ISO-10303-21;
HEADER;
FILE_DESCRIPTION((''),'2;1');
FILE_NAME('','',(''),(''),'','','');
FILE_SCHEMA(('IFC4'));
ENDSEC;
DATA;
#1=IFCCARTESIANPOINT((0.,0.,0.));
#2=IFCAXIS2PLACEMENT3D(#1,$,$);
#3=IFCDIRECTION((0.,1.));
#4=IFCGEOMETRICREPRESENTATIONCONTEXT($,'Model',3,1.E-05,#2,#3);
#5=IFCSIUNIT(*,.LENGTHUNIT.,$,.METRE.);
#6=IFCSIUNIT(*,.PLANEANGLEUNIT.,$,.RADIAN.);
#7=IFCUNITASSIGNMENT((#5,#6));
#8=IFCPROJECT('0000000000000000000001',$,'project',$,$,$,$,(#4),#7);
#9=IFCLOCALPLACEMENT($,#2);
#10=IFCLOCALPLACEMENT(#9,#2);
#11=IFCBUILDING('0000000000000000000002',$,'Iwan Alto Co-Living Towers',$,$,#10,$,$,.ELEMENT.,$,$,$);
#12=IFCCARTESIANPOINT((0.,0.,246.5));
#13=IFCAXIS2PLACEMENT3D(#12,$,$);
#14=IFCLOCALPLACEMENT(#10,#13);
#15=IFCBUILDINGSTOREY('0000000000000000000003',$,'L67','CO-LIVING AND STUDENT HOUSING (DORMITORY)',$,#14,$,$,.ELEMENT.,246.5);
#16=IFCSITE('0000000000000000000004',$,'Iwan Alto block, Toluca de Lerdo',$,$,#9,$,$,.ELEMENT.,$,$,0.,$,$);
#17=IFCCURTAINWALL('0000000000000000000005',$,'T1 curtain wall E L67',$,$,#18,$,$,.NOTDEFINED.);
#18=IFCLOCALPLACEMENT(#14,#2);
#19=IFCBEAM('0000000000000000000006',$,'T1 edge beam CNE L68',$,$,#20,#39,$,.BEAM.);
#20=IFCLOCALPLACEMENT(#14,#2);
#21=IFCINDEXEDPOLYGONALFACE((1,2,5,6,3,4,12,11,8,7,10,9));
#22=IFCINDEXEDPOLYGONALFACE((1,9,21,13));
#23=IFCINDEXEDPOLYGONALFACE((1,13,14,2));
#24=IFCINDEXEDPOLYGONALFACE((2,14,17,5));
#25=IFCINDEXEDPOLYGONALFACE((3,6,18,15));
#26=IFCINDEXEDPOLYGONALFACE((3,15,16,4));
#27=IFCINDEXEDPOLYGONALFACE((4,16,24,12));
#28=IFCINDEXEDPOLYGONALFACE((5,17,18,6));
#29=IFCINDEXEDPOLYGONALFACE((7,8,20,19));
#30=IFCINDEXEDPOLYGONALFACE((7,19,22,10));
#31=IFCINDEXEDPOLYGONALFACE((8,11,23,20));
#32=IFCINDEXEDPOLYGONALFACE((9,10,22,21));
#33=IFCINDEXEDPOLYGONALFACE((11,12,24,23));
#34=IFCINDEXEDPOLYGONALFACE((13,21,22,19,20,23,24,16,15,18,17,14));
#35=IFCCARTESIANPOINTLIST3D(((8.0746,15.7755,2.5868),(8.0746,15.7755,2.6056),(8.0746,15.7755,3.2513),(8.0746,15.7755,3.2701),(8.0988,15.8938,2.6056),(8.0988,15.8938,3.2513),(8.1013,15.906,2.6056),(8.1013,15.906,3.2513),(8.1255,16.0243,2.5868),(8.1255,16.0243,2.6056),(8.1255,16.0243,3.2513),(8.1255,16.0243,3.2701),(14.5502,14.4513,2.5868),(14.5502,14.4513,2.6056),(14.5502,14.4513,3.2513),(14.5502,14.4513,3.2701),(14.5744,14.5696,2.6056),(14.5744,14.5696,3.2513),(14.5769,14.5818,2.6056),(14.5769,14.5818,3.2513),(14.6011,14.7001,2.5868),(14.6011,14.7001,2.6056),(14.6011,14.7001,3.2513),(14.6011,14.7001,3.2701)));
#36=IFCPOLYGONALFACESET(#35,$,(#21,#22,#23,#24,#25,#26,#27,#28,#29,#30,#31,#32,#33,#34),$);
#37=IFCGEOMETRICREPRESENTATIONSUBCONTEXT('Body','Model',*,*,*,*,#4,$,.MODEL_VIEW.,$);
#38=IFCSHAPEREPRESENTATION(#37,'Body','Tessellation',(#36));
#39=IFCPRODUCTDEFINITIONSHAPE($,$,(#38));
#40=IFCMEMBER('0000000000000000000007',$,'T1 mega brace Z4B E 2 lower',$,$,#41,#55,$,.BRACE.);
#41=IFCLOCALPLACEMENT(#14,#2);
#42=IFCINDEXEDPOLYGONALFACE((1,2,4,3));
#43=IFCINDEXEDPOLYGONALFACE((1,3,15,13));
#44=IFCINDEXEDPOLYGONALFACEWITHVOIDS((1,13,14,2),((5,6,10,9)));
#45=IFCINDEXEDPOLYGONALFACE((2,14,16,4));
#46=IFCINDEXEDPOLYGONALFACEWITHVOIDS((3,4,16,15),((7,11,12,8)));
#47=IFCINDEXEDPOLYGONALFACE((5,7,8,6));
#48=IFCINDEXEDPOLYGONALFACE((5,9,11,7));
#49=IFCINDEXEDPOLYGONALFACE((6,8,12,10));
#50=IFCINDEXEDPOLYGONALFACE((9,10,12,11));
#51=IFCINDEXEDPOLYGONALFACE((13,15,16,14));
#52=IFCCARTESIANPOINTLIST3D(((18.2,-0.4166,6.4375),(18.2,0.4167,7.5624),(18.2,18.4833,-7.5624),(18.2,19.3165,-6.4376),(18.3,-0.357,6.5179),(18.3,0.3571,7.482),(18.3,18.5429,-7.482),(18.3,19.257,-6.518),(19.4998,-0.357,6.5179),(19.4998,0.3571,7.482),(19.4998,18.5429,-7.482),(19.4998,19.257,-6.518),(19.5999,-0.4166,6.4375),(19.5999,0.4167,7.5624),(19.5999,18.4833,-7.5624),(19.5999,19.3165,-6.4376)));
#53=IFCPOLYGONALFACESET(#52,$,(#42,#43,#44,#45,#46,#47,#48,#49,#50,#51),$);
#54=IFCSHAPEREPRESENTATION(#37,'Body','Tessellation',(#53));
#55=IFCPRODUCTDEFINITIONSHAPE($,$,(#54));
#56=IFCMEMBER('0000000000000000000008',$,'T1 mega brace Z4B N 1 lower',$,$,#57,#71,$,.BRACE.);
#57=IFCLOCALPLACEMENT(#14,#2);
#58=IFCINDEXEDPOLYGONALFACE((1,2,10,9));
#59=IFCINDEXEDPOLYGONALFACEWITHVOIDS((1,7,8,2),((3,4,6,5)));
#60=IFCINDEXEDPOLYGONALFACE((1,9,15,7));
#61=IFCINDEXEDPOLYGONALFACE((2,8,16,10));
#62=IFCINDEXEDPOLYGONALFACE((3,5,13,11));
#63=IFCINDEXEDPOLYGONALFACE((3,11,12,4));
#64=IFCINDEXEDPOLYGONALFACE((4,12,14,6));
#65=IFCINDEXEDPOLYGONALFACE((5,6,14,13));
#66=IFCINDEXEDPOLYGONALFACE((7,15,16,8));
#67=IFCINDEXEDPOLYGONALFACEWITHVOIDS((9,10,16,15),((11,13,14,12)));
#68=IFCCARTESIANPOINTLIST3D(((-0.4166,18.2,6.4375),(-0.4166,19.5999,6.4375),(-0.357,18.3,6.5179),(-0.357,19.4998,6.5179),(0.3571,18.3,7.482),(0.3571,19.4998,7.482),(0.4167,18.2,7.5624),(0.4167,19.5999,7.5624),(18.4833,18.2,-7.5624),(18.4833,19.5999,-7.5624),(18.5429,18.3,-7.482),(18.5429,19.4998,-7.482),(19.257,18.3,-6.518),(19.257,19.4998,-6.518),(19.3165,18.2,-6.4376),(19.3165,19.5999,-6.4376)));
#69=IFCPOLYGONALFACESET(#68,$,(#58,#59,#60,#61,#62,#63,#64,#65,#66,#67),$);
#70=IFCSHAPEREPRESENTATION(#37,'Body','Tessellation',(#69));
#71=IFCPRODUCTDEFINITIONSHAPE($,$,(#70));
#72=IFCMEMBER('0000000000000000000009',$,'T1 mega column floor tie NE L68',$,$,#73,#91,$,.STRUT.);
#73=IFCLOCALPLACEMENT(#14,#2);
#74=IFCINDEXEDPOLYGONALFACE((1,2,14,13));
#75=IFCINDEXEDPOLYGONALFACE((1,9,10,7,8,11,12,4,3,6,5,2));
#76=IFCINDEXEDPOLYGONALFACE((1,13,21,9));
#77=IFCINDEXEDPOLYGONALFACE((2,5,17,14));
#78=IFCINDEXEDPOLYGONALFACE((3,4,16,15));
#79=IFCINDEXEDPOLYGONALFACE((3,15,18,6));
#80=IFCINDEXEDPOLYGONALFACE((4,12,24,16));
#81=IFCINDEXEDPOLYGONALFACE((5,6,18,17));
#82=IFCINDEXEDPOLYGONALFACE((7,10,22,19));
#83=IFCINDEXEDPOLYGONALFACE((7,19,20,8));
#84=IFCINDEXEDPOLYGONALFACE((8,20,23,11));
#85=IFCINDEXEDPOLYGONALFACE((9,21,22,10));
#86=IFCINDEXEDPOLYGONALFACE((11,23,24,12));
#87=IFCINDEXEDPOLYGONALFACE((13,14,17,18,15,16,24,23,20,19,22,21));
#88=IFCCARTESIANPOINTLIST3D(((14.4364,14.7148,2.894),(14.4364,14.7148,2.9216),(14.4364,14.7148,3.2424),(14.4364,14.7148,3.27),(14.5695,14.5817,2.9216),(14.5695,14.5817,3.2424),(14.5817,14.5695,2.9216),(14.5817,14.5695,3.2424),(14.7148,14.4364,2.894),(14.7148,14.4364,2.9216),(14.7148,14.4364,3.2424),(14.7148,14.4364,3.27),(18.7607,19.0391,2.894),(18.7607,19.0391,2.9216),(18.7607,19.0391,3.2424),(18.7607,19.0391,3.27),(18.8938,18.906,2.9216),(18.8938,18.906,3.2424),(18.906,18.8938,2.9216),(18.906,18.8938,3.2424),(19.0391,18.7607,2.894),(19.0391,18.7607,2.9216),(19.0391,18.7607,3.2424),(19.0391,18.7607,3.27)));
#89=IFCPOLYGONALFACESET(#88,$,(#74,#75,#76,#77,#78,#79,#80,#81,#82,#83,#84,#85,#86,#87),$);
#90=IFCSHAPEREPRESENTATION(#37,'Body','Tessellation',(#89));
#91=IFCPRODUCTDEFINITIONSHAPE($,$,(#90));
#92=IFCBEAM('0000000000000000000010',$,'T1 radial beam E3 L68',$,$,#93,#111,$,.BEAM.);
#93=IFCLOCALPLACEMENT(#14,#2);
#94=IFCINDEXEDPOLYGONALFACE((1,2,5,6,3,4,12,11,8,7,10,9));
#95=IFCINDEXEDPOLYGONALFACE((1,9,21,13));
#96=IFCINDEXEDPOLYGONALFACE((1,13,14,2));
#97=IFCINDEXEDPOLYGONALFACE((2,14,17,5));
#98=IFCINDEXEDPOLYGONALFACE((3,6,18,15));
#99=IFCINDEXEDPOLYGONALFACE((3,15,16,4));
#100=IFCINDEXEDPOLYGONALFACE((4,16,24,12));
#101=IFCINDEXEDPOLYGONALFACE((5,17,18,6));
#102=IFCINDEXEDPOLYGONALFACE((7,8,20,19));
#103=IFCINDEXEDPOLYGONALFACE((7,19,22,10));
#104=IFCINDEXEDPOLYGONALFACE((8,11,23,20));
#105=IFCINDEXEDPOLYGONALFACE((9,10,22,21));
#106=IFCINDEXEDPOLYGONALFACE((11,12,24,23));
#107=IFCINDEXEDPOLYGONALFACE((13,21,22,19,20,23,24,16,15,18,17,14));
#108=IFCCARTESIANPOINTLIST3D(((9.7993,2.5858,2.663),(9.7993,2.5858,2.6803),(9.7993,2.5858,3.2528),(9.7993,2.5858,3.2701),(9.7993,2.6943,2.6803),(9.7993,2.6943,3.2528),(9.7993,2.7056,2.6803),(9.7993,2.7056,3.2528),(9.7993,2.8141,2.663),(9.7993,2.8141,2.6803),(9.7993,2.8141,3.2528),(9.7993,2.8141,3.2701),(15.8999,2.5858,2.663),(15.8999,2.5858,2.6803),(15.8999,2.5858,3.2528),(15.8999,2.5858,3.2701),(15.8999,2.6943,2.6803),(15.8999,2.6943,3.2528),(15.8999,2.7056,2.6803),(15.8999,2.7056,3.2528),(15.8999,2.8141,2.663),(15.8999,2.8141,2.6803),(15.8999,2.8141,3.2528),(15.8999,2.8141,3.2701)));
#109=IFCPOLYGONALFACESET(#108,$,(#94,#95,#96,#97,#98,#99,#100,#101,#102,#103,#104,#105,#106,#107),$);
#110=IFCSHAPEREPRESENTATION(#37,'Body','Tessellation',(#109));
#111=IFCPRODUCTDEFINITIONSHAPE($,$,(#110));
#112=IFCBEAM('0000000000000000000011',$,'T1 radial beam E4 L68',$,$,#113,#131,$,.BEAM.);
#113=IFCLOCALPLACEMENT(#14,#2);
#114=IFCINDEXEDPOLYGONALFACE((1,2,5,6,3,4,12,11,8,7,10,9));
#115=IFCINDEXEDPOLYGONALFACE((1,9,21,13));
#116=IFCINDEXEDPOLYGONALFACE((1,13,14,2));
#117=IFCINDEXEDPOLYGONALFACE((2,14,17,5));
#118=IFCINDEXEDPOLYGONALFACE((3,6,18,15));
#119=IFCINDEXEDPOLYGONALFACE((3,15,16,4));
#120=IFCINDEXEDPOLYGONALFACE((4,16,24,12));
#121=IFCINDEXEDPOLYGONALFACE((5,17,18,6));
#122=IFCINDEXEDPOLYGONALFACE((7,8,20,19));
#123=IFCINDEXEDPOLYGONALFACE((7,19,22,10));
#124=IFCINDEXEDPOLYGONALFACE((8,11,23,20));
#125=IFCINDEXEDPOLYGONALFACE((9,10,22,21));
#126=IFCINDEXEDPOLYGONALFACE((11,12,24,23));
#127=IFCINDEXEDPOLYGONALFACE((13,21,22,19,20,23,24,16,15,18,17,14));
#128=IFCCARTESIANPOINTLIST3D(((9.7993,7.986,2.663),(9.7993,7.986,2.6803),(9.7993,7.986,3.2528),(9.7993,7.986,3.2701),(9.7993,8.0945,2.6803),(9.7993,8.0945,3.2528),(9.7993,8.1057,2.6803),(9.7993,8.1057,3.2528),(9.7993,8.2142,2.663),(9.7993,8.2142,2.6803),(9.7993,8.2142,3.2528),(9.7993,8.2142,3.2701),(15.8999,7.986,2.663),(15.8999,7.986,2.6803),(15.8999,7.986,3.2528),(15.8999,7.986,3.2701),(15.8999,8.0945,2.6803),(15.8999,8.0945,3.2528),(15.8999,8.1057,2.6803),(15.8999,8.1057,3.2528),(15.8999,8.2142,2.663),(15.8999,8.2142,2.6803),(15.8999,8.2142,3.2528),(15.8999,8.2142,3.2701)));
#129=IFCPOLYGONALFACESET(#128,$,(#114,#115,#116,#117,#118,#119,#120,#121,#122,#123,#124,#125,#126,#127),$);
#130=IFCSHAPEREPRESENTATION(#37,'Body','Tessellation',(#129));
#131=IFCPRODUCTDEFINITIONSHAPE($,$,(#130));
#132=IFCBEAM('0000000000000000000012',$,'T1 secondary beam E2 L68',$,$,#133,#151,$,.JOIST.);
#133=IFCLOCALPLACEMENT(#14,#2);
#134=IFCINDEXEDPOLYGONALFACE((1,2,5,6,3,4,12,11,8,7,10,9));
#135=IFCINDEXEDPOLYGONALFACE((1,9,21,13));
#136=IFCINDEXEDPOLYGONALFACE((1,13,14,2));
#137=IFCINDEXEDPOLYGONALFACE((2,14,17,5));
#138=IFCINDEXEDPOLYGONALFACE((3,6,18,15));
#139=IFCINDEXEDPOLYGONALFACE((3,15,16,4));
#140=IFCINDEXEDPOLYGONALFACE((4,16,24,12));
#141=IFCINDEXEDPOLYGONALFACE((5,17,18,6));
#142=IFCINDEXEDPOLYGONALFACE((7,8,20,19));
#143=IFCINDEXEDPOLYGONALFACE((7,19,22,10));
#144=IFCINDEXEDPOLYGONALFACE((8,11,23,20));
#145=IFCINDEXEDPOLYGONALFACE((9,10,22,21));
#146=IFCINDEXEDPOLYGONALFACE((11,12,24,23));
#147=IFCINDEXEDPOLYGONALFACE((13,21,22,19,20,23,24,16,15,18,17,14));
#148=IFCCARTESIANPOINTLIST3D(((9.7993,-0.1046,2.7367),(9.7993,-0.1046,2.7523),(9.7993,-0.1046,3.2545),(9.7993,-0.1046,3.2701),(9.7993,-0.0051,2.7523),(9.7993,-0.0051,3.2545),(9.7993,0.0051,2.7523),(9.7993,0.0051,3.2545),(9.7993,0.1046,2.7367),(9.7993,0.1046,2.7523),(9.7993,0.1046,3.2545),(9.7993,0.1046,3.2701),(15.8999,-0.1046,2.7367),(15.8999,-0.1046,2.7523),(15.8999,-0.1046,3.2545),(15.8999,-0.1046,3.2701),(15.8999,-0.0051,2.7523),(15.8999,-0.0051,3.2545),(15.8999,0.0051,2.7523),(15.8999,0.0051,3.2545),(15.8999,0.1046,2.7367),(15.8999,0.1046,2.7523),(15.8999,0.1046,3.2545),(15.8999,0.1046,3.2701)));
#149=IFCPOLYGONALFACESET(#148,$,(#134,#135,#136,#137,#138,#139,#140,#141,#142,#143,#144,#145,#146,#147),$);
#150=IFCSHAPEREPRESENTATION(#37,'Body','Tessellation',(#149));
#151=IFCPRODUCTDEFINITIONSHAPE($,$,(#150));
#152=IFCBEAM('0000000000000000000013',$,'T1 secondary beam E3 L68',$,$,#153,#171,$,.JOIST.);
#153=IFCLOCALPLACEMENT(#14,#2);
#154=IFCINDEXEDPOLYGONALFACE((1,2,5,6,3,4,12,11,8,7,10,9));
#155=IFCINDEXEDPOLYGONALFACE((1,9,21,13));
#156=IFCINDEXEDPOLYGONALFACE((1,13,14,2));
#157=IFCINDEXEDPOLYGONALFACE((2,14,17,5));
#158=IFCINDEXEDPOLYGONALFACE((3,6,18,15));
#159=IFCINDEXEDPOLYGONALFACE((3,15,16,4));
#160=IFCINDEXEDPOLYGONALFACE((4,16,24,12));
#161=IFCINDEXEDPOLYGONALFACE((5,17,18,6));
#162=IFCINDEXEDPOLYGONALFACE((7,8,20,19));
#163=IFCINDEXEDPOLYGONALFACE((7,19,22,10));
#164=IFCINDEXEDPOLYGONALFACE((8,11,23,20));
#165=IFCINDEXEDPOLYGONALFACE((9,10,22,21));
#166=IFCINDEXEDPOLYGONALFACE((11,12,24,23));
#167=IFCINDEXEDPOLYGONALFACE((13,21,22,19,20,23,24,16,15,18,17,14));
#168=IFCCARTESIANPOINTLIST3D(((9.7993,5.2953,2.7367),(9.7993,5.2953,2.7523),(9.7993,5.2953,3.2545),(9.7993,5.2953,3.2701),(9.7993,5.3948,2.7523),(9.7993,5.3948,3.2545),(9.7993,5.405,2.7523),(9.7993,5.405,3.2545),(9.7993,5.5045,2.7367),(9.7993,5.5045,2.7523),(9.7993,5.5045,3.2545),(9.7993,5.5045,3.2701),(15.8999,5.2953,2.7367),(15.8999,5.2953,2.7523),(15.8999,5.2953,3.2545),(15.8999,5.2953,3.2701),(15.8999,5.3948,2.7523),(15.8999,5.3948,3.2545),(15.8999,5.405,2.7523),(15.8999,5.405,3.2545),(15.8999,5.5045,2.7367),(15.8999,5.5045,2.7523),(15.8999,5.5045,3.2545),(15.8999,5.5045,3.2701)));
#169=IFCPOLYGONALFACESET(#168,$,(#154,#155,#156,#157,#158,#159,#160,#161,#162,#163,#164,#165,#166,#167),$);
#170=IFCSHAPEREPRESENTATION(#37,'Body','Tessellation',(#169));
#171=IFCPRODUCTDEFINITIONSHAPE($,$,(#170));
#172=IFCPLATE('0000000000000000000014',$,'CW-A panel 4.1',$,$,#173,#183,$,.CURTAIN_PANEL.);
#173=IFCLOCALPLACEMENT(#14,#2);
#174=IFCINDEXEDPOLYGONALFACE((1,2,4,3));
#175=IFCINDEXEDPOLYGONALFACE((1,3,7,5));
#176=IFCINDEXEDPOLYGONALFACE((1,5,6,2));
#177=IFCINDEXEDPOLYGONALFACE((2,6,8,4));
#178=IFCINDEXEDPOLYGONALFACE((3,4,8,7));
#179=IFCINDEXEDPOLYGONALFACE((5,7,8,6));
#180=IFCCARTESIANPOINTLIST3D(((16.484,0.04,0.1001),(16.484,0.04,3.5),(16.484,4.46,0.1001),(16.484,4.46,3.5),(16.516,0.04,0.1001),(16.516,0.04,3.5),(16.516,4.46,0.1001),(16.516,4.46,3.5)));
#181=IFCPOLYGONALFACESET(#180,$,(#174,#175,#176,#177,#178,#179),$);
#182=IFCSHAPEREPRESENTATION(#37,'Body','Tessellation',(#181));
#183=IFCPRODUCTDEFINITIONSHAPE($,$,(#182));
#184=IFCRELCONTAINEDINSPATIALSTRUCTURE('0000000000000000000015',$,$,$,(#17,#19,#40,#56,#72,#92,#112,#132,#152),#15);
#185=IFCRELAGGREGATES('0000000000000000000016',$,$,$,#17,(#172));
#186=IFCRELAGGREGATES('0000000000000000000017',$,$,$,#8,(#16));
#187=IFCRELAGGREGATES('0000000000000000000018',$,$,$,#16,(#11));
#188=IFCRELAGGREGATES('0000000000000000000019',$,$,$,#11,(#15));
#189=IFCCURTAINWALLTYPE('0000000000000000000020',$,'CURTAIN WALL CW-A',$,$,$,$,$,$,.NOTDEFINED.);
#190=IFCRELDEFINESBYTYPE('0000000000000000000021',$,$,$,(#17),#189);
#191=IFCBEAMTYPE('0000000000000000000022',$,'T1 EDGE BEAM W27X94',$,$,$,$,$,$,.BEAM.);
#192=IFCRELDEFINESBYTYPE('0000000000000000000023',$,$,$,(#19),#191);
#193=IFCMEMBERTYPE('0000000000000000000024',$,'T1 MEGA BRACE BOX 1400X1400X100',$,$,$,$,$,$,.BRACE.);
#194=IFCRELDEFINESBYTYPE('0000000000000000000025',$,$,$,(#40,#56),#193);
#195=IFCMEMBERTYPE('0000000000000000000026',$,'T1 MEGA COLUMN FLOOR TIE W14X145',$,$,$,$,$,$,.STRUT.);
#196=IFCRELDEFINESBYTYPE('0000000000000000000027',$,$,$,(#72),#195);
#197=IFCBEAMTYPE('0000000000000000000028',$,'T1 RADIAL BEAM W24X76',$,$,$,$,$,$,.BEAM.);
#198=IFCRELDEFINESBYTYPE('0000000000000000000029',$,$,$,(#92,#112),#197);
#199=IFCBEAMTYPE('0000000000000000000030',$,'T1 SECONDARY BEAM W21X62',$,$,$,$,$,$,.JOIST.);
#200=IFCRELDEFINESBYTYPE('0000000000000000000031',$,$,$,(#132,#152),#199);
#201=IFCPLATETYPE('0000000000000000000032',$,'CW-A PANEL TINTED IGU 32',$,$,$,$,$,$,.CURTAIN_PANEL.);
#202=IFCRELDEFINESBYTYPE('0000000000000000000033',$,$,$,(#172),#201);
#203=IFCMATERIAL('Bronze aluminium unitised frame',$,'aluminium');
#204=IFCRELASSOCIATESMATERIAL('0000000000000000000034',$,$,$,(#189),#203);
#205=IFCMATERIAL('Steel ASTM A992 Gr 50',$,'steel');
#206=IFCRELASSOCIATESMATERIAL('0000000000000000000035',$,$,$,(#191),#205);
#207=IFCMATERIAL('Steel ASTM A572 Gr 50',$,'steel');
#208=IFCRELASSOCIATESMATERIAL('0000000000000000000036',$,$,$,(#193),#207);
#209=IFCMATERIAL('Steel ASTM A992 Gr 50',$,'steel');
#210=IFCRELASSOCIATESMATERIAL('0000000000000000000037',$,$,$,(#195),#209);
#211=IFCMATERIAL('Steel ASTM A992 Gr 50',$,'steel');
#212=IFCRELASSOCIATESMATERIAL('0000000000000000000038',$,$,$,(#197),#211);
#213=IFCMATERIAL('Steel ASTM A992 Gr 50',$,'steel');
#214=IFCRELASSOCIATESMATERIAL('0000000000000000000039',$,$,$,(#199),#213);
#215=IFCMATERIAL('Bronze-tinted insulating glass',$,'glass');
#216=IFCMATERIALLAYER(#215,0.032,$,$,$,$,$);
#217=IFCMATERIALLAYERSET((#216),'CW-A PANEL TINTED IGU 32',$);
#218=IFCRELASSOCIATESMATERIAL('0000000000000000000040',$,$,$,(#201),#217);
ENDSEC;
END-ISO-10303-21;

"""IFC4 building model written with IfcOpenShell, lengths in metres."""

from ifc_helpers import new_model, si_unit, direction, frame, origin, origin_2d, place, context, subcontext, project, spatial, rectangle, hollow_rectangle, i_section, extrude, material, layer, layer_set, material_profile, profile_set, type_object, element, aggregate, save


model = new_model("IFC4")

# Units and contexts
model_context = context("Model", 3, precision=1e-05, world=origin(), true_north=direction((0.0, 1.0)))
body_context = subcontext(model_context, "Body", "Model", "MODEL_VIEW")
ifc_project = project(units=[si_unit("LENGTHUNIT", "METRE"), si_unit("PLANEANGLEUNIT", "RADIAN")], contexts=[model_context])

# Site, building, storey
site_placement = place(None, origin())
site = spatial("IfcSite", under=ifc_project, at=site_placement, Name="Iwan Alto block, Toluca de Lerdo", CompositionType="ELEMENT", RefElevation=0.0)
building_placement = place(site_placement, origin())
building = spatial("IfcBuilding", under=site, at=building_placement, Name="Iwan Alto Co-Living Towers", CompositionType="ELEMENT")
storey_placement = place(building_placement, frame((0.0, 0.0, 246.5)))
storey = spatial("IfcBuildingStorey", under=building, at=storey_placement, Name="L67", Description="CO-LIVING AND STUDENT HOUSING (DORMITORY)", CompositionType="ELEMENT", Elevation=246.5)

# Curtain wall
ifc_material_1 = material(Name="Bronze aluminium unitised frame", Category="aluminium")
curtain_wall_type_1 = type_object("IfcCurtainWallType", Name="CURTAIN WALL CW-A", PredefinedType="NOTDEFINED", material=ifc_material_1)
curtain_wall_1_placement = place(storey_placement, origin())
curtain_wall_1 = element("IfcCurtainWall", 1, at=curtain_wall_1_placement, inside=storey, type_object=curtain_wall_type_1, Name="T1 curtain wall E L67", PredefinedType="NOTDEFINED")

# Beam
ifc_material_2 = material(Name="Steel ASTM A992 Gr 50", Category="steel")
ifc_material_profile_1 = material_profile(ifc_material_2, i_section(OverallWidth=0.2539, OverallDepth=0.6833, WebThickness=0.0125, FlangeThickness=0.0188, at=origin_2d()), Name="W27X94")
ifc_profile_set_1 = profile_set([ifc_material_profile_1], Name="Steel ASTM A992 Gr 50")
beam_type_1 = type_object("IfcBeamType", Name="T1 EDGE BEAM W27X94", PredefinedType="BEAM", material=ifc_profile_set_1)
for number, where, z_axis, x_axis, name in (
    (2, (14.5757, 14.5757, 2.9285), (-0.979725, 0.200348, 0.0), (-0.200348, -0.979725, 0.0), "T1 edge beam CNE L68"),
):
    element("IfcBeam", number, at=place(storey_placement, frame(where, z_axis=z_axis, x_axis=x_axis)), inside=storey, type_object=beam_type_1, Name=name, PredefinedType="BEAM", context=body_context, shape_type="SweptSolid", body=[
        extrude(i_section(OverallWidth=0.2539, OverallDepth=0.6833, WebThickness=0.0125, FlangeThickness=0.0188, at=origin_2d()), origin(), (0.0, 0.0, 1.0), 6.6096),
    ])

# Members
ifc_material_3 = material(Name="Steel ASTM A572 Gr 50", Category="steel")
ifc_material_profile_2 = material_profile(ifc_material_3, hollow_rectangle(XDim=1.3999, YDim=1.3999, WallThickness=0.1001, at=origin_2d()), Name="BOX 1400X1400X100")
ifc_profile_set_2 = profile_set([ifc_material_profile_2], Name="Steel ASTM A572 Gr 50")
member_type_1 = type_object("IfcMemberType", Name="T1 MEGA BRACE BOX 1400X1400X100", PredefinedType="BRACE", material=ifc_profile_set_2)
for number, where, z_axis, x_axis, name in (
    (3, (18.8999, 18.8999, -7.0), (0.0, -0.803556, 0.59523), (1.0, 0.0, 0.0), "T1 mega brace Z4B E 2 lower"),
    (4, (18.8999, 18.8999, -7.0), (-0.803556, 0.0, 0.59523), (0.0, -1.0, 0.0), "T1 mega brace Z4B N 1 lower"),
):
    element("IfcMember", number, at=place(storey_placement, frame(where, z_axis=z_axis, x_axis=x_axis)), inside=storey, type_object=member_type_1, Name=name, PredefinedType="BRACE", context=body_context, shape_type="SweptSolid", body=[
        extrude(hollow_rectangle(XDim=1.3999, YDim=1.3999, WallThickness=0.1001, at=origin_2d()), origin(), (0.0, 0.0, 1.0), 23.5203),
    ])
ifc_material_4 = material(Name="Steel ASTM A992 Gr 50", Category="steel")
ifc_material_profile_3 = material_profile(ifc_material_4, i_section(OverallWidth=0.3938, OverallDepth=0.376, WebThickness=0.0173, FlangeThickness=0.0276, at=origin_2d()), Name="W14X145")
ifc_profile_set_3 = profile_set([ifc_material_profile_3], Name="Steel ASTM A992 Gr 50")
member_type_2 = type_object("IfcMemberType", Name="T1 MEGA COLUMN FLOOR TIE W14X145", PredefinedType="STRUT", material=ifc_profile_set_3)
member_1_placement = place(storey_placement, frame((18.8999, 18.8999, 3.082), z_axis=(-0.707107, -0.707107, 0.0), x_axis=(0.707107, -0.707107, 0.0)))
element("IfcMember", 5, at=member_1_placement, inside=storey, type_object=member_type_2, Name="T1 mega column floor tie NE L68", PredefinedType="STRUT", context=body_context, shape_type="SweptSolid", body=[
    extrude(i_section(OverallWidth=0.3938, OverallDepth=0.376, WebThickness=0.0173, FlangeThickness=0.0276, at=origin_2d()), origin(), (0.0, 0.0, 1.0), 6.1155),
])

# Beams
ifc_material_5 = material(Name="Steel ASTM A992 Gr 50", Category="steel")
ifc_material_profile_4 = material_profile(ifc_material_5, i_section(OverallWidth=0.2283, OverallDepth=0.6072, WebThickness=0.0112, FlangeThickness=0.0173, at=origin_2d()), Name="W24X76")
ifc_profile_set_4 = profile_set([ifc_material_profile_4], Name="Steel ASTM A992 Gr 50")
beam_type_2 = type_object("IfcBeamType", Name="T1 RADIAL BEAM W24X76", PredefinedType="BEAM", material=ifc_profile_set_4)
for number, where, z_axis, x_axis, name in (
    (6, (15.8999, 2.7, 2.9666), (-1.0, 0.0, 0.0), (0.0, -1.0, 0.0), "T1 radial beam E3 L68"),
    (7, (15.8999, 8.1001, 2.9666), (-1.0, 0.0, 0.0), (0.0, -1.0, 0.0), "T1 radial beam E4 L68"),
):
    element("IfcBeam", number, at=place(storey_placement, frame(where, z_axis=z_axis, x_axis=x_axis)), inside=storey, type_object=beam_type_2, Name=name, PredefinedType="BEAM", context=body_context, shape_type="SweptSolid", body=[
        extrude(i_section(OverallWidth=0.2283, OverallDepth=0.6072, WebThickness=0.0112, FlangeThickness=0.0173, at=origin_2d()), origin(), (0.0, 0.0, 1.0), 6.1006),
    ])
ifc_material_6 = material(Name="Steel ASTM A992 Gr 50", Category="steel")
ifc_material_profile_5 = material_profile(ifc_material_6, i_section(OverallWidth=0.2092, OverallDepth=0.5334, WebThickness=0.0103, FlangeThickness=0.0156, at=origin_2d()), Name="W21X62")
ifc_profile_set_5 = profile_set([ifc_material_profile_5], Name="Steel ASTM A992 Gr 50")
beam_type_3 = type_object("IfcBeamType", Name="T1 SECONDARY BEAM W21X62", PredefinedType="JOIST", material=ifc_profile_set_5)
for number, where, z_axis, x_axis, name in (
    (8, (15.8999, 0.0, 3.0034), (-1.0, 0.0, 0.0), (0.0, -1.0, 0.0), "T1 secondary beam E2 L68"),
    (9, (15.8999, 5.3999, 3.0034), (-1.0, 0.0, 0.0), (0.0, -1.0, 0.0), "T1 secondary beam E3 L68"),
):
    element("IfcBeam", number, at=place(storey_placement, frame(where, z_axis=z_axis, x_axis=x_axis)), inside=storey, type_object=beam_type_3, Name=name, PredefinedType="JOIST", context=body_context, shape_type="SweptSolid", body=[
        extrude(i_section(OverallWidth=0.2092, OverallDepth=0.5334, WebThickness=0.0103, FlangeThickness=0.0156, at=origin_2d()), origin(), (0.0, 0.0, 1.0), 6.1006),
    ])

# Plate
ifc_material_7 = material(Name="Bronze-tinted insulating glass", Category="glass")
ifc_layer_1 = layer(ifc_material_7, 0.032)
ifc_layer_set_1 = layer_set([ifc_layer_1], Name="CW-A PANEL TINTED IGU 32")
plate_type_1 = type_object("IfcPlateType", Name="CW-A PANEL TINTED IGU 32", PredefinedType="CURTAIN_PANEL", material=ifc_layer_set_1)
plate_1_placement = place(storey_placement, frame((16.5, 2.25, 0.1001), z_axis=(0.0, 0.0, 1.0), x_axis=(0.0, 1.0, 0.0)))
plate_1 = element("IfcPlate", 10, at=plate_1_placement, type_object=plate_type_1, Name="CW-A panel 4.1", PredefinedType="CURTAIN_PANEL", context=body_context, shape_type="SweptSolid", body=[
    extrude(rectangle(XDim=4.4199, YDim=0.032, at=origin_2d()), origin(), (0.0, 0.0, 1.0), 3.3999),
])
aggregate(curtain_wall_1, [plate_1])

save(model, "model.ifc")
